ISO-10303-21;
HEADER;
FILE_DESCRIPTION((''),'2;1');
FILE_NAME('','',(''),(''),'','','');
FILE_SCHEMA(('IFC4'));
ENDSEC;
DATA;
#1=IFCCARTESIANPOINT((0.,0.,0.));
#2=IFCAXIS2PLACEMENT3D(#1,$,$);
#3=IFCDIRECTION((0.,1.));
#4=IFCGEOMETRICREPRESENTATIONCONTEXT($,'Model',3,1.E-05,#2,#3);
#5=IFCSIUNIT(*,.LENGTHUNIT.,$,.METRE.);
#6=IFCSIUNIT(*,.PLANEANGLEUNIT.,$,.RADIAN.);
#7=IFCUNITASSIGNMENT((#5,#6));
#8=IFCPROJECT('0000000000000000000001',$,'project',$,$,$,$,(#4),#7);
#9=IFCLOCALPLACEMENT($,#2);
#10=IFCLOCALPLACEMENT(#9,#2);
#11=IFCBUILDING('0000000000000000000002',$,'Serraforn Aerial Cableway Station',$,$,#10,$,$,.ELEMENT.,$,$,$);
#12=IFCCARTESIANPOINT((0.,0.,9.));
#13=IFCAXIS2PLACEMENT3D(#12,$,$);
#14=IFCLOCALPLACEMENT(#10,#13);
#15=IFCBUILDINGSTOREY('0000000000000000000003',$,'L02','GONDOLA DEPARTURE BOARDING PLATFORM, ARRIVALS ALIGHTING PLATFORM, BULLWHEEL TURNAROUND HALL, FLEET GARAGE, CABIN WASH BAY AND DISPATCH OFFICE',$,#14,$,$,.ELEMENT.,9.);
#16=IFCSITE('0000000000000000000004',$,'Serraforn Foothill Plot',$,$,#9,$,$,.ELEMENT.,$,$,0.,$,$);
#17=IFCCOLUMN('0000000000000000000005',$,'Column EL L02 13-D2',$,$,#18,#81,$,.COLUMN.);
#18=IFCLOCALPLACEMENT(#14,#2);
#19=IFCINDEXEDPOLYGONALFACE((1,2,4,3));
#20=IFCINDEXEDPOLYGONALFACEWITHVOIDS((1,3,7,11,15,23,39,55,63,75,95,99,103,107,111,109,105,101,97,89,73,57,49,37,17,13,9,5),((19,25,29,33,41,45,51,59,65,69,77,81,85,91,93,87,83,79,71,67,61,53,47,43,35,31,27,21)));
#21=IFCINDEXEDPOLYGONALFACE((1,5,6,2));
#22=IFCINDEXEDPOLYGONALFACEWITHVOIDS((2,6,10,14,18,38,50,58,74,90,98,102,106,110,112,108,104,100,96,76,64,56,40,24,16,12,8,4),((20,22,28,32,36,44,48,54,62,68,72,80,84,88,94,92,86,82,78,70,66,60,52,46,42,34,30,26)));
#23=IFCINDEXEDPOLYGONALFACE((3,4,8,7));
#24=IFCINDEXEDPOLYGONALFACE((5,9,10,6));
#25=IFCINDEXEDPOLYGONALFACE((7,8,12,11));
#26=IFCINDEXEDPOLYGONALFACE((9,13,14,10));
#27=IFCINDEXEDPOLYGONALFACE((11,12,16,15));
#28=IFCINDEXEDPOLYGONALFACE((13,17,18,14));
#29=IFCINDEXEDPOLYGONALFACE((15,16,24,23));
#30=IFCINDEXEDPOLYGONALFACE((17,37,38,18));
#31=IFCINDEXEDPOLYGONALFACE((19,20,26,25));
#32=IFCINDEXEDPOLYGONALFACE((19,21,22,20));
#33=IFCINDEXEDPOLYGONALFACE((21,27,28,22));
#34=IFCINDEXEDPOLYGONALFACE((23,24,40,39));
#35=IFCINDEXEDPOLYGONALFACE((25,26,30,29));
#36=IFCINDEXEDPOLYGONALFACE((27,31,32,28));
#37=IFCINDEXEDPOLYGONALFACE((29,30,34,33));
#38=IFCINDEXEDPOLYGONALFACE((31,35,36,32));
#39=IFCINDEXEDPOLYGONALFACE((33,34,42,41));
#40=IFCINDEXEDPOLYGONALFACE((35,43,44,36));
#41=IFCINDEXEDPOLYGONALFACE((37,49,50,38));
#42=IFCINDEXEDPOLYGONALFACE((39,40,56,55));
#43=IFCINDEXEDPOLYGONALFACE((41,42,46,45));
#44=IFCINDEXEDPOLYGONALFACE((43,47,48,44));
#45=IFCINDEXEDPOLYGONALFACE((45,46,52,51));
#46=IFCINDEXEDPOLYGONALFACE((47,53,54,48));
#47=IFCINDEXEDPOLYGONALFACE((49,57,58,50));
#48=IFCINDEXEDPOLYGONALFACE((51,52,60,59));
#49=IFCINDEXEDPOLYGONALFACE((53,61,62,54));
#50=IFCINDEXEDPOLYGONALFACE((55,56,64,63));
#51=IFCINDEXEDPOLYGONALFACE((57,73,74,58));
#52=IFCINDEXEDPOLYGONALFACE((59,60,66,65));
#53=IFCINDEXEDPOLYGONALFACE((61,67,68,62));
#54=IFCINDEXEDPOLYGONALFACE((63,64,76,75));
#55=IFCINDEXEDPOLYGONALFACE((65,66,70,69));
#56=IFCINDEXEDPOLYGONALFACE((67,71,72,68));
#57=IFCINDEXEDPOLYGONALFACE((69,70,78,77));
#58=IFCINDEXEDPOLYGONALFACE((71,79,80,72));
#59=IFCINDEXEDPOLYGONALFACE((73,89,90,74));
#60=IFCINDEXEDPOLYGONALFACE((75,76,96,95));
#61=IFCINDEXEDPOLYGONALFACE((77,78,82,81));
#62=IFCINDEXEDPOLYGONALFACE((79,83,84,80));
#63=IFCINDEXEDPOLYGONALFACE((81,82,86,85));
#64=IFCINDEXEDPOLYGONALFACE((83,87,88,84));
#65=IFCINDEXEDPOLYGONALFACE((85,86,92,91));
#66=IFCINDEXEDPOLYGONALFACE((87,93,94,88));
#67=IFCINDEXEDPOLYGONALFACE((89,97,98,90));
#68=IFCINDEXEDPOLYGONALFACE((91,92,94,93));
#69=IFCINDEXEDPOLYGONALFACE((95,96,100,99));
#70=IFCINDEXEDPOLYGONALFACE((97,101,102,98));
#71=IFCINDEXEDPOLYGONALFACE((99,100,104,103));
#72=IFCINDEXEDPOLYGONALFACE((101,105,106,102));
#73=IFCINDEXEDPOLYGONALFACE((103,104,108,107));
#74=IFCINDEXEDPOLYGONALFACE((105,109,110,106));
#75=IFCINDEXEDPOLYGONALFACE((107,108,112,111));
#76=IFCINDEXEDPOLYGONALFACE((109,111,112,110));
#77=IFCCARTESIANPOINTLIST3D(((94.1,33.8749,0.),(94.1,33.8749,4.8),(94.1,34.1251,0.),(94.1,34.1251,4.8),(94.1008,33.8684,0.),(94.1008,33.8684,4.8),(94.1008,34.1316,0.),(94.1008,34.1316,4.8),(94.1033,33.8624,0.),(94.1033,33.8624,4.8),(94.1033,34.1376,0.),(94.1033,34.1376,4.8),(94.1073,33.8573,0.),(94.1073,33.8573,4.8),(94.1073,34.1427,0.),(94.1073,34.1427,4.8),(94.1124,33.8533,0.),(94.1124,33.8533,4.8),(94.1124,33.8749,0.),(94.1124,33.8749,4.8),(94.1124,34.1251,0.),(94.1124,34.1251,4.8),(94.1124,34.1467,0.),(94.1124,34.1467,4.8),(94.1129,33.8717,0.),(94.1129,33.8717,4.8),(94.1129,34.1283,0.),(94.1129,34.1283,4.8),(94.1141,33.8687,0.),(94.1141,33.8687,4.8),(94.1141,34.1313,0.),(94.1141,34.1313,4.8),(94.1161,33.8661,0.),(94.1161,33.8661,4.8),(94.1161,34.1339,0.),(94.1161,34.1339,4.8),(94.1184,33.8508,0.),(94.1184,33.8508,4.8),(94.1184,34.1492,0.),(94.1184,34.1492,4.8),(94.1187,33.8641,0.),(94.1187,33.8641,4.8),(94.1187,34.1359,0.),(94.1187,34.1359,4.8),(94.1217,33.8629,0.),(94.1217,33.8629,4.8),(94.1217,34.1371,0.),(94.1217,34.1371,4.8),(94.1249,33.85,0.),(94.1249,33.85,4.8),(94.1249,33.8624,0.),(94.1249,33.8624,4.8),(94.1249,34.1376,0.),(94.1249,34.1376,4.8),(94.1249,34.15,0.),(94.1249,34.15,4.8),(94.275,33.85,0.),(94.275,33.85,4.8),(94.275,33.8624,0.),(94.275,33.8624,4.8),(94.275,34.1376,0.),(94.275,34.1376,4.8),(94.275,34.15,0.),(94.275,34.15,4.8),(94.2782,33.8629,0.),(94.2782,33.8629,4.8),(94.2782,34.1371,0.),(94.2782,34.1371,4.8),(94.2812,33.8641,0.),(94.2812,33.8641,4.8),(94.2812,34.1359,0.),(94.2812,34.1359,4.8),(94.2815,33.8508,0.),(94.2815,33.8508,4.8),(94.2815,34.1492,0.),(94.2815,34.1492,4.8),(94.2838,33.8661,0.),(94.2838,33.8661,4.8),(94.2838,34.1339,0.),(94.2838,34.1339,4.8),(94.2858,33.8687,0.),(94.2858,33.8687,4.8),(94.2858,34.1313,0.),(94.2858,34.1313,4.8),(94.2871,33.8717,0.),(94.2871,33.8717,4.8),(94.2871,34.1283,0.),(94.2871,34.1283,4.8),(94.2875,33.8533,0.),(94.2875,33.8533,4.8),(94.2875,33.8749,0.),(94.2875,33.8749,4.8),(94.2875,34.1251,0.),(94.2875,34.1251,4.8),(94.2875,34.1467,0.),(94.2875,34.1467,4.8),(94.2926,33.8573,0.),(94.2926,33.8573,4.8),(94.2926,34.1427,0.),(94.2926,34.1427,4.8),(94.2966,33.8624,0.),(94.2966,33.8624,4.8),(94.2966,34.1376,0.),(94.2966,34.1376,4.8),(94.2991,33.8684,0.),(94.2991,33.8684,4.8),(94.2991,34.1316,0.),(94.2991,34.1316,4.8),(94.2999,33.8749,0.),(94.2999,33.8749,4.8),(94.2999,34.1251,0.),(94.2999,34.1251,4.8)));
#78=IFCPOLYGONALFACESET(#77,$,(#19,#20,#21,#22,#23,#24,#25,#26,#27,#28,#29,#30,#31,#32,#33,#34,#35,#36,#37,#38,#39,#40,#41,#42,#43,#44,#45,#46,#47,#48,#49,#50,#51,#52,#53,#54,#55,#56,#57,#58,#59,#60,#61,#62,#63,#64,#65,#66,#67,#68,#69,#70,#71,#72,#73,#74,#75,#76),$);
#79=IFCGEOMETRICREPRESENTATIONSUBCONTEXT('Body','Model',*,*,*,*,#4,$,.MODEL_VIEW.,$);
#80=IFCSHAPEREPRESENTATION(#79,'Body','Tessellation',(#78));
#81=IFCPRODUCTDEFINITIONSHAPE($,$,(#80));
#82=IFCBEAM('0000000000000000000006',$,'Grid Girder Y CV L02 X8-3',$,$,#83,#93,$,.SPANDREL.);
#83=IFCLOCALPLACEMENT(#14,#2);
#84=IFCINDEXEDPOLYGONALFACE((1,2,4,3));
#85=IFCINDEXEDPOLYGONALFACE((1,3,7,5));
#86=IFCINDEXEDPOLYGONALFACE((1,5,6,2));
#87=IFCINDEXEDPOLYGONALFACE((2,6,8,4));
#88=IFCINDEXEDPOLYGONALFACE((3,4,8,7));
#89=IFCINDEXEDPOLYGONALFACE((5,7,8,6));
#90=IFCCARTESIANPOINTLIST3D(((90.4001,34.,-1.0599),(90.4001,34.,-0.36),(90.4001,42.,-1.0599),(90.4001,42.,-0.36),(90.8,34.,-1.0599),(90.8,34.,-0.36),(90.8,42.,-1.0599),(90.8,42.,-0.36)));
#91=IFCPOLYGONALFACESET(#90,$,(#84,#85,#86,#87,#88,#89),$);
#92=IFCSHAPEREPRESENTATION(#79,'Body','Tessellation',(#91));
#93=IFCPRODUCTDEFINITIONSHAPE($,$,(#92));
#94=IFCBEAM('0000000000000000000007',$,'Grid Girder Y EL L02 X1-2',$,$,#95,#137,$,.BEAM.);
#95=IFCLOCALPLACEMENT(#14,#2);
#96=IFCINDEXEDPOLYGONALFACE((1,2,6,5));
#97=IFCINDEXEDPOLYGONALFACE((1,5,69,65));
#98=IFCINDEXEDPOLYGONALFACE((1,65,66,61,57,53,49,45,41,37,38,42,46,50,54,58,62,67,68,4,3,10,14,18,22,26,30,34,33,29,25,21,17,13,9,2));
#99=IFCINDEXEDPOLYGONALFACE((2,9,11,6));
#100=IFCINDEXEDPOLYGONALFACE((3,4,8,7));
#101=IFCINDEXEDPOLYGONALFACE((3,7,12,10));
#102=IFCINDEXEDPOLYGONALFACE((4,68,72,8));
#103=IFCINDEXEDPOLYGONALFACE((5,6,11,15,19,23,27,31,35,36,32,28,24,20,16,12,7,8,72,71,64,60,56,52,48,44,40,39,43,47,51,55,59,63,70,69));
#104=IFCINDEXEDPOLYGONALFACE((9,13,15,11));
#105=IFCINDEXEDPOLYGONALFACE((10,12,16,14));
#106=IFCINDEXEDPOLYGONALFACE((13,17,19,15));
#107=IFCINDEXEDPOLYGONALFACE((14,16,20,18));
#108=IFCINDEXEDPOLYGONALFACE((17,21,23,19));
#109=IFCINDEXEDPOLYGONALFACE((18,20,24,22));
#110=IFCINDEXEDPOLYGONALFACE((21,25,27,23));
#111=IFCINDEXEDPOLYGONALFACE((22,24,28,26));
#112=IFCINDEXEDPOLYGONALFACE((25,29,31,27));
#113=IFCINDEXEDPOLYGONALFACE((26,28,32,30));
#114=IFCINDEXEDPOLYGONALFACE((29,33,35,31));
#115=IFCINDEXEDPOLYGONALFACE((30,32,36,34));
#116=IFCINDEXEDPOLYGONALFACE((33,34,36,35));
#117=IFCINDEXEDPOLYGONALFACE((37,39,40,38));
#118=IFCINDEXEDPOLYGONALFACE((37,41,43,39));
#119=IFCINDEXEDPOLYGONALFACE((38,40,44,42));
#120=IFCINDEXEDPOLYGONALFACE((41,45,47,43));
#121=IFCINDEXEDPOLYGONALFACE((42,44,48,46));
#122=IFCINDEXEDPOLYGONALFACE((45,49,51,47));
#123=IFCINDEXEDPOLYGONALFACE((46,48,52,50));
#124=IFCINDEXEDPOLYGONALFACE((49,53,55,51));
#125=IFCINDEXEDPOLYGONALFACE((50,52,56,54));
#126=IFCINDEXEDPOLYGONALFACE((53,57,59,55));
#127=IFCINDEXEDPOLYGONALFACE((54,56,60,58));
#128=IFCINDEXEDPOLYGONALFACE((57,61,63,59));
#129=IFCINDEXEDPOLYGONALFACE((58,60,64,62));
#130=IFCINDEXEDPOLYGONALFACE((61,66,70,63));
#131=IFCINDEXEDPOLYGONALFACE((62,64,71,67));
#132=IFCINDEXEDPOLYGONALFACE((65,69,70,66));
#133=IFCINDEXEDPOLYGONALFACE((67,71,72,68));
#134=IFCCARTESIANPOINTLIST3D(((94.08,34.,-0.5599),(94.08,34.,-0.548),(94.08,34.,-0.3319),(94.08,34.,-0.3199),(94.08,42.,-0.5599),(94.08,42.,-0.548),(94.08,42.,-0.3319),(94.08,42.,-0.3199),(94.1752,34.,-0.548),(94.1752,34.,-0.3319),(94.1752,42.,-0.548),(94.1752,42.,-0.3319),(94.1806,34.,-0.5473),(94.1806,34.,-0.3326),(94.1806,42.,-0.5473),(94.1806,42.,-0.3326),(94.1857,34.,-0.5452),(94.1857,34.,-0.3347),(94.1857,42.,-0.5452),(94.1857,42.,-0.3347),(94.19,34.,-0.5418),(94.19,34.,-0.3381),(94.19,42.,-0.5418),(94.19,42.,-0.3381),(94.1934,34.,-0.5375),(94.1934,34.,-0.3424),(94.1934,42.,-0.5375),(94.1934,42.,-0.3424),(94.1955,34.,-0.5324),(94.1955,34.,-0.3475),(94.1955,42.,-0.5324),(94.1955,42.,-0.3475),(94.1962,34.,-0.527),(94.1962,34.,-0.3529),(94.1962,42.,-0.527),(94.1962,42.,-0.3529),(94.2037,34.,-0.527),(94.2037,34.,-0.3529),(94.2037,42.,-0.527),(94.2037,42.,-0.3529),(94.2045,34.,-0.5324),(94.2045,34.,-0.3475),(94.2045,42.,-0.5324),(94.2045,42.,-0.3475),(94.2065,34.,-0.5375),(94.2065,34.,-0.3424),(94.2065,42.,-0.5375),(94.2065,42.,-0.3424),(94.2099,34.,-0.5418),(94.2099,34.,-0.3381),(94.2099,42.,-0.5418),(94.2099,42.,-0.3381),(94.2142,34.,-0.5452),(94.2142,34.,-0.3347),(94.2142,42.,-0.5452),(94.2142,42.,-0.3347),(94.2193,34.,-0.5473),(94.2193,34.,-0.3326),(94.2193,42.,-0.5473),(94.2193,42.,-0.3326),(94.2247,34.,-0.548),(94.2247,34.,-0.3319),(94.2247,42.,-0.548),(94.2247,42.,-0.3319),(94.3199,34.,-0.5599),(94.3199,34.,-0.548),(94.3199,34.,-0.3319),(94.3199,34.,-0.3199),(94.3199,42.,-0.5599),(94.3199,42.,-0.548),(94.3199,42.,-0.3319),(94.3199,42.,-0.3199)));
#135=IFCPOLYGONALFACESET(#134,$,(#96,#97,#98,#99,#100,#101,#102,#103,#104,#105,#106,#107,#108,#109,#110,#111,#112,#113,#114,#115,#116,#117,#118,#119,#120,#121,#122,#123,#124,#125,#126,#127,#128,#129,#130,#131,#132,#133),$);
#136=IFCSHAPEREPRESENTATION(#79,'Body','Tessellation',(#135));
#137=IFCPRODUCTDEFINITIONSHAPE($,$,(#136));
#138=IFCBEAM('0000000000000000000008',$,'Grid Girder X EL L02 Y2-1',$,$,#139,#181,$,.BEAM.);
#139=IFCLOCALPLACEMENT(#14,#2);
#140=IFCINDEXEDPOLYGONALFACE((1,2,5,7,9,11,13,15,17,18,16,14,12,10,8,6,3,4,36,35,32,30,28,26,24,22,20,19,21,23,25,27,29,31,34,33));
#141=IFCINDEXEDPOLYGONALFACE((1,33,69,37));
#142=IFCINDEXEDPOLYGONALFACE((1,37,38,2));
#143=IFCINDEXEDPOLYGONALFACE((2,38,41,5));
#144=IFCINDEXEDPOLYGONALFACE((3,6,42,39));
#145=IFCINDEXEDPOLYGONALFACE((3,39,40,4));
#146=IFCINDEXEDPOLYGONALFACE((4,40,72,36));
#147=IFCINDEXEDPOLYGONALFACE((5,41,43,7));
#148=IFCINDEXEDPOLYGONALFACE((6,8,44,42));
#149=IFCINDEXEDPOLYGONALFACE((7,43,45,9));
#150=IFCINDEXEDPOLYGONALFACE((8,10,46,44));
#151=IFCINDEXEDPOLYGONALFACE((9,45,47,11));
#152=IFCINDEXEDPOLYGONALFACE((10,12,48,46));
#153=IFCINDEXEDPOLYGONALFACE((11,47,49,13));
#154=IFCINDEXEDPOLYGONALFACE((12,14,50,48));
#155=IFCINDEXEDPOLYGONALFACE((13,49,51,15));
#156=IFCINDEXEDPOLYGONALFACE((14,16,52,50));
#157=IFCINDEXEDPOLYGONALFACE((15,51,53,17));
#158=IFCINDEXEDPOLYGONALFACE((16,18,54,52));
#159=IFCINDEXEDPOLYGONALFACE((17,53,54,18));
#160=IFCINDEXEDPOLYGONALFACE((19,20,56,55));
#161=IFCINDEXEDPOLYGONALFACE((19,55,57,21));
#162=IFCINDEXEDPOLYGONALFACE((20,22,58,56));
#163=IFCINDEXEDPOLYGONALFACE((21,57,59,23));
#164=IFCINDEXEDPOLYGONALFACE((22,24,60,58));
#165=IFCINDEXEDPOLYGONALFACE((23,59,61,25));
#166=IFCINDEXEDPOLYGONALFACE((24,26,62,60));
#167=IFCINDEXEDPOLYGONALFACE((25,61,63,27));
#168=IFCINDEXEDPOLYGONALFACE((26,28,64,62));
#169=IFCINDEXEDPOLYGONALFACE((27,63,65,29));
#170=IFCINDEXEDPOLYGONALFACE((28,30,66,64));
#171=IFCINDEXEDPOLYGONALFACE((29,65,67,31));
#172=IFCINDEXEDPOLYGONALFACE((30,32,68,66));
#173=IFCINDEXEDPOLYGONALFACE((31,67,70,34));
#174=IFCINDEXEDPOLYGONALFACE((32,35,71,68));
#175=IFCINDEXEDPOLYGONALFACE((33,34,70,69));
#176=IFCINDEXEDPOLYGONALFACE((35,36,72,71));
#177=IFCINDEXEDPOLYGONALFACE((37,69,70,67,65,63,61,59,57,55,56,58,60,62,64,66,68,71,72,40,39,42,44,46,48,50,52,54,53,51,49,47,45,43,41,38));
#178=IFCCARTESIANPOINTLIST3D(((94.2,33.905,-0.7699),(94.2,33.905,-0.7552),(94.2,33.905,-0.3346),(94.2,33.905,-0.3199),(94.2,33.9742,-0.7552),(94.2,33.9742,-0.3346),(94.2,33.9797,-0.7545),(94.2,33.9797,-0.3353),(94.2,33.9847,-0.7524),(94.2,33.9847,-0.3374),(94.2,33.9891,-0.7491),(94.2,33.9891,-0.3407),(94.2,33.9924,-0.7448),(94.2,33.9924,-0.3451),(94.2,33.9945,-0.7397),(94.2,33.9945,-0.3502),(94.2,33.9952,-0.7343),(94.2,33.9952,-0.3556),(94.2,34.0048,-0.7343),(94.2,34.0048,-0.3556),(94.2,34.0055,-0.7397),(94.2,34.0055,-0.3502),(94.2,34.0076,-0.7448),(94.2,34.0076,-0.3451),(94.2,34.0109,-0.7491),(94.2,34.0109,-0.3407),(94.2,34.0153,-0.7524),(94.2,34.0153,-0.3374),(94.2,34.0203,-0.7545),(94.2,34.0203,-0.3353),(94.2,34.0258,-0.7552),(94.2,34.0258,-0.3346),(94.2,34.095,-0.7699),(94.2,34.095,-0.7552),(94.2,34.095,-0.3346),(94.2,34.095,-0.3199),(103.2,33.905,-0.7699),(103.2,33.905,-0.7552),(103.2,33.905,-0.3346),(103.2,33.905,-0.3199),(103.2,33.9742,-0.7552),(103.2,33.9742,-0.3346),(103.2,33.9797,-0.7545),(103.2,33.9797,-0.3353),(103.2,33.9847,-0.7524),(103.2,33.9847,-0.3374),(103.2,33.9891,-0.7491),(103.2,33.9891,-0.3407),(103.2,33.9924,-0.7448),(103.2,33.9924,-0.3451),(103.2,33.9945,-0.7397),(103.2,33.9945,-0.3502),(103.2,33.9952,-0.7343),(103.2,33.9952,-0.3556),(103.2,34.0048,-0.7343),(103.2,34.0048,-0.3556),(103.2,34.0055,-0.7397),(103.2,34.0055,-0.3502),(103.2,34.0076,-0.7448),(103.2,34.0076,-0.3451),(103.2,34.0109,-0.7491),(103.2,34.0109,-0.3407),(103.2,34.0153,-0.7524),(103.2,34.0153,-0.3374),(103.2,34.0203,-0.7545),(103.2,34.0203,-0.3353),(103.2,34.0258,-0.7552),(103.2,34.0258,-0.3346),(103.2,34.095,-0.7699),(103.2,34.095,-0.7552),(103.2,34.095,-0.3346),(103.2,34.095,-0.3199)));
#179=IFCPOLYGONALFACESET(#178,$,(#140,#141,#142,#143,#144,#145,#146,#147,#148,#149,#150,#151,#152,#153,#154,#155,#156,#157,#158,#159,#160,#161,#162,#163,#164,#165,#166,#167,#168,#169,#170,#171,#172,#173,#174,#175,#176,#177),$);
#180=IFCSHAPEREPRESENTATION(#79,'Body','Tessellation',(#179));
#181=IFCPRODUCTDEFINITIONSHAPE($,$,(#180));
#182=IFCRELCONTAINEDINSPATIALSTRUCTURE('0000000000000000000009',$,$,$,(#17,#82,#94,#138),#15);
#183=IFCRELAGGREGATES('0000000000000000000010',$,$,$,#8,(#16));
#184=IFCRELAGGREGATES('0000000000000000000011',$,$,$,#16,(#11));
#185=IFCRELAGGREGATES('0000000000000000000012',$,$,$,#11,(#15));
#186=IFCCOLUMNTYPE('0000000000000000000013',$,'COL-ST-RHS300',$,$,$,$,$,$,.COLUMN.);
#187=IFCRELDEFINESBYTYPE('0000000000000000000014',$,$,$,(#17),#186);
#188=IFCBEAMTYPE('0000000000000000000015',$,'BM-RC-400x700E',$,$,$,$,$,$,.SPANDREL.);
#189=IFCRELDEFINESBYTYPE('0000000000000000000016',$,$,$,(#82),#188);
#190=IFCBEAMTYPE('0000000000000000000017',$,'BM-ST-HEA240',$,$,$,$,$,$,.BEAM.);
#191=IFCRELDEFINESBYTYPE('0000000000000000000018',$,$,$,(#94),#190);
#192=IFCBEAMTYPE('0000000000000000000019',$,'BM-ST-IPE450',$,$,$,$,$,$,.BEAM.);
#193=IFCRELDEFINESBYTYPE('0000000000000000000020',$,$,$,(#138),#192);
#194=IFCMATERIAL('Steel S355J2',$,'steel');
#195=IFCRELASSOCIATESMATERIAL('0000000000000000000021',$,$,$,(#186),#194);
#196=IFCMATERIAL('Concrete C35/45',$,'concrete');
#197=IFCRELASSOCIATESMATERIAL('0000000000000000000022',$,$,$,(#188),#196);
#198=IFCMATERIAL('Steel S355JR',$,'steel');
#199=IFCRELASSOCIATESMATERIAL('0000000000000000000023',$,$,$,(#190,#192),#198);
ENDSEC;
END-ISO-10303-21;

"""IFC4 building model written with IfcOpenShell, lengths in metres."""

from ifc_helpers import new_model, si_unit, direction, frame, origin, origin_2d, place, context, subcontext, project, spatial, rectangle, hollow_rectangle, i_section, extrude, material, material_profile, profile_set, type_object, element, save


model = new_model("IFC4")

# Units and contexts
model_context = context("Model", 3, precision=1e-05, world=origin(), true_north=direction((0.0, 1.0)))
body_context = subcontext(model_context, "Body", "Model", "MODEL_VIEW")
ifc_project = project(units=[si_unit("LENGTHUNIT", "METRE"), si_unit("PLANEANGLEUNIT", "RADIAN")], contexts=[model_context])

# Site, building, storey
site_placement = place(None, origin())
site = spatial("IfcSite", under=ifc_project, at=site_placement, Name="Serraforn Foothill Plot", CompositionType="ELEMENT", RefElevation=0.0)
building_placement = place(site_placement, origin())
building = spatial("IfcBuilding", under=site, at=building_placement, Name="Serraforn Aerial Cableway Station", CompositionType="ELEMENT")
storey_placement = place(building_placement, frame((0.0, 0.0, 9.0)))
storey = spatial("IfcBuildingStorey", under=building, at=storey_placement, Name="L02", Description="GONDOLA DEPARTURE BOARDING PLATFORM, ARRIVALS ALIGHTING PLATFORM, BULLWHEEL TURNAROUND HALL, FLEET GARAGE, CABIN WASH BAY AND DISPATCH OFFICE", CompositionType="ELEMENT", Elevation=9.0)

# Column
ifc_material_1 = material(Name="Steel S355J2", Category="steel")
ifc_material_profile_1 = material_profile(ifc_material_1, hollow_rectangle(XDim=0.2, YDim=0.3, WallThickness=0.0125, InnerFilletRadius=0.0125, OuterFilletRadius=0.0249, at=origin_2d()), Name="RHS 300x200x12.5")
ifc_profile_set_1 = profile_set([ifc_material_profile_1], Name="Steel S355J2")
column_type = type_object("IfcColumnType", Name="COL-ST-RHS300", PredefinedType="COLUMN", material=ifc_profile_set_1)
column_placement = place(storey_placement, frame((94.2, 34.0, 0.0), z_axis=(0.0, 0.0, 1.0), x_axis=(1.0, 0.0, 0.0)))
element("IfcColumn", 1, at=column_placement, inside=storey, type_object=column_type, Name="Column EL L02 13-D2", PredefinedType="COLUMN", context=body_context, shape_type="SweptSolid", body=[
    extrude(hollow_rectangle(XDim=0.2, YDim=0.3, WallThickness=0.0125, InnerFilletRadius=0.0125, OuterFilletRadius=0.0249, at=origin_2d()), origin(), (0.0, 0.0, 1.0), 4.8),
])

# Beams
ifc_material_2 = material(Name="Concrete C35/45", Category="concrete")
ifc_material_profile_2 = material_profile(ifc_material_2, rectangle(XDim=0.3999, YDim=0.7, at=origin_2d()), Name="RC 400x700")
ifc_profile_set_2 = profile_set([ifc_material_profile_2], Name="Concrete C35/45")
beam_type_1 = type_object("IfcBeamType", Name="BM-RC-400x700E", PredefinedType="SPANDREL", material=ifc_profile_set_2)
beam_1_placement = place(storey_placement, frame((90.6001, 34.0, -0.71), z_axis=(0.0, 1.0, 0.0), x_axis=(-1.0, 0.0, 0.0)))
element("IfcBeam", 2, at=beam_1_placement, inside=storey, type_object=beam_type_1, Name="Grid Girder Y CV L02 X8-3", PredefinedType="SPANDREL", context=body_context, shape_type="SweptSolid", body=[
    extrude(rectangle(XDim=0.3999, YDim=0.7, at=origin_2d()), origin(), (0.0, 0.0, 1.0), 8.0),
])
ifc_material_3 = material(Name="Steel S355JR", Category="steel")
ifc_material_profile_3 = material_profile(ifc_material_3, i_section(OverallWidth=0.24, OverallDepth=0.24, WebThickness=0.0076, FlangeThickness=0.012, FilletRadius=0.021, at=origin_2d()), Name="HEA 240")
ifc_profile_set_3 = profile_set([ifc_material_profile_3], Name="Steel S355JR")
beam_type_2 = type_object("IfcBeamType", Name="BM-ST-HEA240", PredefinedType="BEAM", material=ifc_profile_set_3)
beam_2_placement = place(storey_placement, frame((94.2, 34.0, -0.4399), z_axis=(0.0, 1.0, 0.0), x_axis=(-1.0, 0.0, 0.0)))
element("IfcBeam", 3, at=beam_2_placement, inside=storey, type_object=beam_type_2, Name="Grid Girder Y EL L02 X1-2", PredefinedType="BEAM", context=body_context, shape_type="SweptSolid", body=[
    extrude(i_section(OverallWidth=0.24, OverallDepth=0.24, WebThickness=0.0076, FlangeThickness=0.012, FilletRadius=0.021, at=origin_2d()), origin(), (0.0, 0.0, 1.0), 8.0),
])
ifc_material_profile_4 = material_profile(ifc_material_3, i_section(OverallWidth=0.1899, OverallDepth=0.45, WebThickness=0.0095, FlangeThickness=0.0146, FilletRadius=0.021, at=origin_2d()), Name="IPE 450")
ifc_profile_set_4 = profile_set([ifc_material_profile_4], Name="Steel S355JR")
beam_type_3 = type_object("IfcBeamType", Name="BM-ST-IPE450", PredefinedType="BEAM", material=ifc_profile_set_4)
beam_3_placement = place(storey_placement, frame((94.2, 34.0, -0.5449), z_axis=(1.0, 0.0, 0.0), x_axis=(0.0, 1.0, 0.0)))
element("IfcBeam", 4, at=beam_3_placement, inside=storey, type_object=beam_type_3, Name="Grid Girder X EL L02 Y2-1", PredefinedType="BEAM", context=body_context, shape_type="SweptSolid", body=[
    extrude(i_section(OverallWidth=0.1899, OverallDepth=0.45, WebThickness=0.0095, FlangeThickness=0.0146, FilletRadius=0.021, at=origin_2d()), origin(), (0.0, 0.0, 1.0), 9.0),
])

save(model, "model.ifc")
